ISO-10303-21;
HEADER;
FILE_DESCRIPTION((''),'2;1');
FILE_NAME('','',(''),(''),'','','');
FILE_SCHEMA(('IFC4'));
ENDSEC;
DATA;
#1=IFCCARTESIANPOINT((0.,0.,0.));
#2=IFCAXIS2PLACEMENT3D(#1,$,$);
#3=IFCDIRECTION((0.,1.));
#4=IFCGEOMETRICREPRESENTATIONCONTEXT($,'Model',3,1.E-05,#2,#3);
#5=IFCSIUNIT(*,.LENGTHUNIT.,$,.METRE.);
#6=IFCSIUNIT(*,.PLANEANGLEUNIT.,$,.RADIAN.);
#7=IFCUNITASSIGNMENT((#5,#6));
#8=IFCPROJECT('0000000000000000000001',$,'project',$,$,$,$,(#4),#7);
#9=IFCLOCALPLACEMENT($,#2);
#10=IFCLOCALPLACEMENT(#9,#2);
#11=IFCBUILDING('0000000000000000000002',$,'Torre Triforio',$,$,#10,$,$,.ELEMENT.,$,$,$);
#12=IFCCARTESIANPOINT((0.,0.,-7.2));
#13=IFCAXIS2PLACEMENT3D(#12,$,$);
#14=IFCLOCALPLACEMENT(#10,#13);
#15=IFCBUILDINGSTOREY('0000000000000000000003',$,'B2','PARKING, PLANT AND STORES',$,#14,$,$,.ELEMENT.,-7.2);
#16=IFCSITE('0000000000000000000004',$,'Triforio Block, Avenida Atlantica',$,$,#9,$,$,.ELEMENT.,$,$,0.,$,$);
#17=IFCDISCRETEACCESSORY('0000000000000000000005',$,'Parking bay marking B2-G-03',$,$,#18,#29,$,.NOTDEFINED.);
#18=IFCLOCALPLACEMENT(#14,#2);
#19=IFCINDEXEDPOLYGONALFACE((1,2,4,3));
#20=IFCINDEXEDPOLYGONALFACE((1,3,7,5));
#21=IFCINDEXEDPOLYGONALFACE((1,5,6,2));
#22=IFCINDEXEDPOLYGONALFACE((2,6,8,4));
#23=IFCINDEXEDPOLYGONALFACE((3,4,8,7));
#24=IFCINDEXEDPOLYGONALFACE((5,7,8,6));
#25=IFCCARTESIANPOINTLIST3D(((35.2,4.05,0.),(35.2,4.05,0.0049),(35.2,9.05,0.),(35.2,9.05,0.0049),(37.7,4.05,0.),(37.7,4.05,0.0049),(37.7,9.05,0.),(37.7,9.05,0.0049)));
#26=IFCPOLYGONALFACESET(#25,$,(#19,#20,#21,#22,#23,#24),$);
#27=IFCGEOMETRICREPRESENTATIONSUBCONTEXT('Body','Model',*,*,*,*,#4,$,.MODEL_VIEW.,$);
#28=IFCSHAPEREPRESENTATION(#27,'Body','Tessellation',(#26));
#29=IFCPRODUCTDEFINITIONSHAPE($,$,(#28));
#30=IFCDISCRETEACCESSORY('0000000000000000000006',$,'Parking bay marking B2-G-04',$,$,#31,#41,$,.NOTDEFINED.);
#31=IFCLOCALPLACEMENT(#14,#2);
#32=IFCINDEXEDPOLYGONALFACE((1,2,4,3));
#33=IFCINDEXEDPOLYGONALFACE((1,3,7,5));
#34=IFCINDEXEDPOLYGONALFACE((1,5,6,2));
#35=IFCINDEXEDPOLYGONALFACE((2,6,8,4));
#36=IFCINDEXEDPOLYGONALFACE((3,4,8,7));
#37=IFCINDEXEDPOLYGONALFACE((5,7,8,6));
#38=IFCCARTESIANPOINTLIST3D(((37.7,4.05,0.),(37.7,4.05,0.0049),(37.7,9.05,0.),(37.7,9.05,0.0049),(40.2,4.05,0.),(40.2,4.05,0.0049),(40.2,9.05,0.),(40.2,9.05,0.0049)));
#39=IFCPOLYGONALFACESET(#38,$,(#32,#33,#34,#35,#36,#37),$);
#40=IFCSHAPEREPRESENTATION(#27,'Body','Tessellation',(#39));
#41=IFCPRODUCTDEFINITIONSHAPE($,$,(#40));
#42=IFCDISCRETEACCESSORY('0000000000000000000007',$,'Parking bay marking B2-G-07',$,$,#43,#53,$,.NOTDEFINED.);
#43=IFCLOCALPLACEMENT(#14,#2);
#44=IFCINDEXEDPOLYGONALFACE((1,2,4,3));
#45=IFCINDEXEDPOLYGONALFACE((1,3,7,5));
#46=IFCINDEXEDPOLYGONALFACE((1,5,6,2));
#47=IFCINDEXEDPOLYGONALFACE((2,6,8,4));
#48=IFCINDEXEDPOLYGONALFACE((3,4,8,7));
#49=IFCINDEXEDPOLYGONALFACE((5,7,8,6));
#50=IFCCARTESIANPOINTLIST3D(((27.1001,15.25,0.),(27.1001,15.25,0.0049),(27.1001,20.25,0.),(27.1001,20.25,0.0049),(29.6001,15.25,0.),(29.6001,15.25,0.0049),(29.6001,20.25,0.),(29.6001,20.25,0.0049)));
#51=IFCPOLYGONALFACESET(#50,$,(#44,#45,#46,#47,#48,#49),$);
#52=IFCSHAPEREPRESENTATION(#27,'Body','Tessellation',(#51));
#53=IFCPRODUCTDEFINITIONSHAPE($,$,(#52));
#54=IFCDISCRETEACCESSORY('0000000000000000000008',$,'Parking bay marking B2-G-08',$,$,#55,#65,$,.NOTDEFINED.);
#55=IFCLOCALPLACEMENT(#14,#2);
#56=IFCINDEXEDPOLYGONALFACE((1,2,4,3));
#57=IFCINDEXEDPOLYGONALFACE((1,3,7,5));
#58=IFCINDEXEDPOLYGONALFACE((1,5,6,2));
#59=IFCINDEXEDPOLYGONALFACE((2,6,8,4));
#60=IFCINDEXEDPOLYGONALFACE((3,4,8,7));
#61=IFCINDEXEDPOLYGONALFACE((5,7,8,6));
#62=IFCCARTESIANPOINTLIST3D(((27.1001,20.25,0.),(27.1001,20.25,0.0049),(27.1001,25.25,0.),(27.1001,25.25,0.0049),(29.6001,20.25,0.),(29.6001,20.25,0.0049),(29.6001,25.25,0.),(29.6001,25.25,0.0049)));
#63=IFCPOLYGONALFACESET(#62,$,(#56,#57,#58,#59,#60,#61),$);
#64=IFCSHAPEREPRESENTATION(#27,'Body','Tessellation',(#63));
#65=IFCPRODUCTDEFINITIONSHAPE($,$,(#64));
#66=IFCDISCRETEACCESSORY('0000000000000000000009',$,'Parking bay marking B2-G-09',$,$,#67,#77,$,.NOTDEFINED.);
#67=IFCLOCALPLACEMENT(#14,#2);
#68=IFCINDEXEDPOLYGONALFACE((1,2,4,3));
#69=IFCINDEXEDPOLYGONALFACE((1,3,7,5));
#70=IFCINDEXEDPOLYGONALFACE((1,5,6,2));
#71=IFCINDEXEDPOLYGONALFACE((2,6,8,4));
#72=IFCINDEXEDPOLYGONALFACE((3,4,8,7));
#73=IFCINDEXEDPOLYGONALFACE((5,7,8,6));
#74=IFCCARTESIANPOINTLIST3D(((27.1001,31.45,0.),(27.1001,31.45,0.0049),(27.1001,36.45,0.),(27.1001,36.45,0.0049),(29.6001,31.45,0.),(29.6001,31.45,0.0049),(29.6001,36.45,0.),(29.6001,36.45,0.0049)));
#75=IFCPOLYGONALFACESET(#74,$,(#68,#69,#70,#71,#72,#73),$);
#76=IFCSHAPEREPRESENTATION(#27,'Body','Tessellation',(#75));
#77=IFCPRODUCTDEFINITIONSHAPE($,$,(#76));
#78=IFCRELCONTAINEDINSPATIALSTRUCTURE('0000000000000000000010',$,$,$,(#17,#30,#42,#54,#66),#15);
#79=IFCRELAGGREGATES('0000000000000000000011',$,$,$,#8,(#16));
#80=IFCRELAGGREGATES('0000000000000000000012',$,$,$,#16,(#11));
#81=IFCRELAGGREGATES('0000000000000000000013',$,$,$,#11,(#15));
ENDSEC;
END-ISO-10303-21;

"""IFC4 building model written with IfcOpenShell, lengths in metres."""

from ifc_helpers import new_model, si_unit, direction, frame, origin, origin_2d, place, context, subcontext, project, spatial, rectangle, extrude, element, save


model = new_model("IFC4")

# Units and contexts
model_context = context("Model", 3, precision=1e-05, world=origin(), true_north=direction((0.0, 1.0)))
body_context = subcontext(model_context, "Body", "Model", "MODEL_VIEW")
ifc_project = project(units=[si_unit("LENGTHUNIT", "METRE"), si_unit("PLANEANGLEUNIT", "RADIAN")], contexts=[model_context])

# Site, building, storey
site_placement = place(None, origin())
site = spatial("IfcSite", under=ifc_project, at=site_placement, Name="Triforio Block, Avenida Atlantica", CompositionType="ELEMENT", RefElevation=0.0)
building_placement = place(site_placement, origin())
building = spatial("IfcBuilding", under=site, at=building_placement, Name="Torre Triforio", CompositionType="ELEMENT")
storey_placement = place(building_placement, frame((0.0, 0.0, -7.2)))
storey = spatial("IfcBuildingStorey", under=building, at=storey_placement, Name="B2", Description="PARKING, PLANT AND STORES", CompositionType="ELEMENT", Elevation=-7.2)

# Discrete accessories
for number, where, z_axis, x_axis, name in (
    (1, (36.45, 6.55, 0.0), (0.0, 0.0, 1.0), (1.0, 0.0, 0.0), "Parking bay marking B2-G-03"),
    (2, (38.95, 6.55, 0.0), (0.0, 0.0, 1.0), (1.0, 0.0, 0.0), "Parking bay marking B2-G-04"),
    (3, (28.3501, 17.75, 0.0), (0.0, 0.0, 1.0), (1.0, 0.0, 0.0), "Parking bay marking B2-G-07"),
    (4, (28.3501, 22.75, 0.0), (0.0, 0.0, 1.0), (1.0, 0.0, 0.0), "Parking bay marking B2-G-08"),
    (5, (28.3501, 33.95, 0.0), (0.0, 0.0, 1.0), (1.0, 0.0, 0.0), "Parking bay marking B2-G-09"),
):
    element("IfcDiscreteAccessory", number, at=place(storey_placement, frame(where, z_axis=z_axis, x_axis=x_axis)), inside=storey, Name=name, PredefinedType="NOTDEFINED", context=body_context, shape_type="SweptSolid", body=[
        extrude(rectangle(XDim=2.5, YDim=5.0, at=origin_2d()), origin(), (0.0, 0.0, 1.0), 0.0049),
    ])

save(model, "model.ifc")
